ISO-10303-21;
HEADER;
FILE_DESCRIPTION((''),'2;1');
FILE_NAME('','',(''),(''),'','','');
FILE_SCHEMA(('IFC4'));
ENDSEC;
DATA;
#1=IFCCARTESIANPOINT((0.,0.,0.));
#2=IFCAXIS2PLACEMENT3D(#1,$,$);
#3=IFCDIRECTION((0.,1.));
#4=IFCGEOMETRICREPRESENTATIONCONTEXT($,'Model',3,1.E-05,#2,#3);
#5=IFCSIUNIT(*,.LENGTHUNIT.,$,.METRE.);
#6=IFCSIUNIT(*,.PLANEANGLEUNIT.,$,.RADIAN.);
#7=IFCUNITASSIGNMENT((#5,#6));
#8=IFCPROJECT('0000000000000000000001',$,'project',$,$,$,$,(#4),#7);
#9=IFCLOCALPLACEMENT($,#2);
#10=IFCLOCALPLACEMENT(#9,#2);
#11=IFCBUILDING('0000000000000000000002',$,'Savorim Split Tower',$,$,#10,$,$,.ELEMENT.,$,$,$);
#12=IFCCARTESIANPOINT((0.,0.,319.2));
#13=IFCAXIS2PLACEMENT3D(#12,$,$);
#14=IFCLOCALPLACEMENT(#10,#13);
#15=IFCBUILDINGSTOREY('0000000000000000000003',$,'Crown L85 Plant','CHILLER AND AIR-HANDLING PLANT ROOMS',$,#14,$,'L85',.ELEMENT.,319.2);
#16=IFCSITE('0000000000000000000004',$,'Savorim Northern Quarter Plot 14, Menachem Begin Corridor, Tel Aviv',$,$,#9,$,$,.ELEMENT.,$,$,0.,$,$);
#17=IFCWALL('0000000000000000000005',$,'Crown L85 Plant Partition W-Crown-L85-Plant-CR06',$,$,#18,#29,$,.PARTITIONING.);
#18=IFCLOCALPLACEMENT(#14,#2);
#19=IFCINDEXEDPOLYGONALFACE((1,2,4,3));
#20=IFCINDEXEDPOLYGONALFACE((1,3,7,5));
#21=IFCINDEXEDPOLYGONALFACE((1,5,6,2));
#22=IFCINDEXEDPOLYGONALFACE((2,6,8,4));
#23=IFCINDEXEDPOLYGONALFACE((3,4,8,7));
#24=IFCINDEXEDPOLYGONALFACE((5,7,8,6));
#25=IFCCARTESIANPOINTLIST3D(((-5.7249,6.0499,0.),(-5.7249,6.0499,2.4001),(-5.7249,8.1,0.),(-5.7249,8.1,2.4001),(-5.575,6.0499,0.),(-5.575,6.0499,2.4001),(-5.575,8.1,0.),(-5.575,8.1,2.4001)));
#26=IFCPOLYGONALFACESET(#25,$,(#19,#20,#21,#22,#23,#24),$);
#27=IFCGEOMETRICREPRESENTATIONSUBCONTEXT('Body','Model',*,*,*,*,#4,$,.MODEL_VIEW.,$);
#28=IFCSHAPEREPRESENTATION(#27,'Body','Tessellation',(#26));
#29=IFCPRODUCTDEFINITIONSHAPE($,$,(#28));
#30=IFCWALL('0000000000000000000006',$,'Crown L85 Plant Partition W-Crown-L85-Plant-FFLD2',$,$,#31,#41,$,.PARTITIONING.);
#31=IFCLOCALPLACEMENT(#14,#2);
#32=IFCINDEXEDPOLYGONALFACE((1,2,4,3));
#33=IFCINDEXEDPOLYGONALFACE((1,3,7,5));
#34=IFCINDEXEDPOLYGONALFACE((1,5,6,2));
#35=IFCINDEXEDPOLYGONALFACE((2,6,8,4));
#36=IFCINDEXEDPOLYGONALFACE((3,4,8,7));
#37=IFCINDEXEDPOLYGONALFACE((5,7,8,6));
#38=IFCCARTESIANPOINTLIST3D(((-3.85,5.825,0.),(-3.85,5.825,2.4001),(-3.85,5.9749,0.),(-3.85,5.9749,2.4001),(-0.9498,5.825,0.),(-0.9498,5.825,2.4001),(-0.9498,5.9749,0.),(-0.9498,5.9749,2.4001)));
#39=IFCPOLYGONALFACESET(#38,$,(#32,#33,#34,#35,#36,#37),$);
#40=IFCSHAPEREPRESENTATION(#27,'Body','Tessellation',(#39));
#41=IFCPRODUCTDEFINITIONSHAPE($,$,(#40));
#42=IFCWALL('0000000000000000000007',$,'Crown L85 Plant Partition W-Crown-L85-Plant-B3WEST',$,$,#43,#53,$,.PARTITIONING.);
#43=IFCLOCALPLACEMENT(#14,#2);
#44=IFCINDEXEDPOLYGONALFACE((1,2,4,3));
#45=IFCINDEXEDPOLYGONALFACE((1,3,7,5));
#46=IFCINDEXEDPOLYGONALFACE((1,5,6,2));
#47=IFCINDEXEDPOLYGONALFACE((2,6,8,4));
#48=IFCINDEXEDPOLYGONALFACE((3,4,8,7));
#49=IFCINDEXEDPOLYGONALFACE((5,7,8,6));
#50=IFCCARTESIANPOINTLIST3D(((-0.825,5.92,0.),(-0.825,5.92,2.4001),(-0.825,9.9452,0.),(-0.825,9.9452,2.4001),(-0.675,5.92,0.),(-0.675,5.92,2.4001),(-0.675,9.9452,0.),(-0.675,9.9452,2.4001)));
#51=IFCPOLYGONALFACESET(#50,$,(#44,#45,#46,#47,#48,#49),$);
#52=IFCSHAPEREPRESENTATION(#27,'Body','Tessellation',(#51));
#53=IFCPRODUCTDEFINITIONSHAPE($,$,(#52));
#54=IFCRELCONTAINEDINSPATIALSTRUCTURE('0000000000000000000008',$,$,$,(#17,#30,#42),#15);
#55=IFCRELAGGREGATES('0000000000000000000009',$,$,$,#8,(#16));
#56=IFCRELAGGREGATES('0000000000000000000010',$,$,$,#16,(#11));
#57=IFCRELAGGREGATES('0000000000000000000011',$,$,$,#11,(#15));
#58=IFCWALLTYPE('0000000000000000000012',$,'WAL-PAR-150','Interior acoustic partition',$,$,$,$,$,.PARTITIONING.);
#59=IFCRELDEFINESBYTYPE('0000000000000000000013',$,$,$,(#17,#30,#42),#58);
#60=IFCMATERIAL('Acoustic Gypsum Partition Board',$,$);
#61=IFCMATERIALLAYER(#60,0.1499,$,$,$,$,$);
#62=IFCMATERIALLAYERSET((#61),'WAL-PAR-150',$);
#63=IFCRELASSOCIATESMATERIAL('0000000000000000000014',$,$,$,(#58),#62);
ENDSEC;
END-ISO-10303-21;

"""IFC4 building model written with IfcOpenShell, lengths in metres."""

from ifc_helpers import new_model, si_unit, direction, frame, frame_2d, origin, place, context, subcontext, project, spatial, rectangle, extrude, material, layer, layer_set, type_object, element, save


model = new_model("IFC4")

# Units and contexts
model_context = context("Model", 3, precision=1e-05, world=origin(), true_north=direction((0.0, 1.0)))
body_context = subcontext(model_context, "Body", "Model", "MODEL_VIEW")
ifc_project = project(units=[si_unit("LENGTHUNIT", "METRE"), si_unit("PLANEANGLEUNIT", "RADIAN")], contexts=[model_context])

# Site, building, storey
site_placement = place(None, origin())
site = spatial("IfcSite", under=ifc_project, at=site_placement, Name="Savorim Northern Quarter Plot 14, Menachem Begin Corridor, Tel Aviv", CompositionType="ELEMENT", RefElevation=0.0)
building_placement = place(site_placement, origin())
building = spatial("IfcBuilding", under=site, at=building_placement, Name="Savorim Split Tower", CompositionType="ELEMENT")
storey_placement = place(building_placement, frame((0.0, 0.0, 319.2)))
storey = spatial("IfcBuildingStorey", under=building, at=storey_placement, Name="Crown L85 Plant", Description="CHILLER AND AIR-HANDLING PLANT ROOMS", LongName="L85", CompositionType="ELEMENT", Elevation=319.2)

# Walls
ifc_material_1 = material(Name="Acoustic Gypsum Partition Board")
ifc_layer_1 = layer(ifc_material_1, 0.1499)
ifc_layer_set_1 = layer_set([ifc_layer_1], Name="WAL-PAR-150")
wall_type_1 = type_object("IfcWallType", Name="WAL-PAR-150", Description="Interior acoustic partition", PredefinedType="PARTITIONING", material=ifc_layer_set_1)
wall_1_placement = place(storey_placement, frame((-5.6499, 6.05, 0.0), z_axis=(0.0, 0.0, 1.0), x_axis=(0.0, 1.0, 0.0)))
element("IfcWall", 1, at=wall_1_placement, inside=storey, type_object=wall_type_1, Name="Crown L85 Plant Partition W-Crown-L85-Plant-CR06", PredefinedType="PARTITIONING", context=body_context, shape_type="SweptSolid", body=[
    extrude(rectangle(XDim=2.05, YDim=0.1499, at=frame_2d((1.0249, 0.0))), origin(), (0.0, 0.0, 1.0), 2.4001),
])
wall_2_placement = place(storey_placement, frame((-3.8501, 5.8999, 0.0), z_axis=(0.0, 0.0, 1.0), x_axis=(1.0, 0.0, 0.0)))
element("IfcWall", 2, at=wall_2_placement, inside=storey, type_object=wall_type_1, Name="Crown L85 Plant Partition W-Crown-L85-Plant-FFLD2", PredefinedType="PARTITIONING", context=body_context, shape_type="SweptSolid", body=[
    extrude(rectangle(XDim=2.9001, YDim=0.1499, at=frame_2d((1.4502, 0.0))), origin(), (0.0, 0.0, 1.0), 2.4001),
])
wall_3_placement = place(storey_placement, frame((-0.75, 5.9199, 0.0), z_axis=(0.0, 0.0, 1.0), x_axis=(0.0, 1.0, 0.0)))
element("IfcWall", 3, at=wall_3_placement, inside=storey, type_object=wall_type_1, Name="Crown L85 Plant Partition W-Crown-L85-Plant-B3WEST", PredefinedType="PARTITIONING", context=body_context, shape_type="SweptSolid", body=[
    extrude(rectangle(XDim=4.0251, YDim=0.1499, at=frame_2d((2.0127, 0.0))), origin(), (0.0, 0.0, 1.0), 2.4001),
])

save(model, "model.ifc")
